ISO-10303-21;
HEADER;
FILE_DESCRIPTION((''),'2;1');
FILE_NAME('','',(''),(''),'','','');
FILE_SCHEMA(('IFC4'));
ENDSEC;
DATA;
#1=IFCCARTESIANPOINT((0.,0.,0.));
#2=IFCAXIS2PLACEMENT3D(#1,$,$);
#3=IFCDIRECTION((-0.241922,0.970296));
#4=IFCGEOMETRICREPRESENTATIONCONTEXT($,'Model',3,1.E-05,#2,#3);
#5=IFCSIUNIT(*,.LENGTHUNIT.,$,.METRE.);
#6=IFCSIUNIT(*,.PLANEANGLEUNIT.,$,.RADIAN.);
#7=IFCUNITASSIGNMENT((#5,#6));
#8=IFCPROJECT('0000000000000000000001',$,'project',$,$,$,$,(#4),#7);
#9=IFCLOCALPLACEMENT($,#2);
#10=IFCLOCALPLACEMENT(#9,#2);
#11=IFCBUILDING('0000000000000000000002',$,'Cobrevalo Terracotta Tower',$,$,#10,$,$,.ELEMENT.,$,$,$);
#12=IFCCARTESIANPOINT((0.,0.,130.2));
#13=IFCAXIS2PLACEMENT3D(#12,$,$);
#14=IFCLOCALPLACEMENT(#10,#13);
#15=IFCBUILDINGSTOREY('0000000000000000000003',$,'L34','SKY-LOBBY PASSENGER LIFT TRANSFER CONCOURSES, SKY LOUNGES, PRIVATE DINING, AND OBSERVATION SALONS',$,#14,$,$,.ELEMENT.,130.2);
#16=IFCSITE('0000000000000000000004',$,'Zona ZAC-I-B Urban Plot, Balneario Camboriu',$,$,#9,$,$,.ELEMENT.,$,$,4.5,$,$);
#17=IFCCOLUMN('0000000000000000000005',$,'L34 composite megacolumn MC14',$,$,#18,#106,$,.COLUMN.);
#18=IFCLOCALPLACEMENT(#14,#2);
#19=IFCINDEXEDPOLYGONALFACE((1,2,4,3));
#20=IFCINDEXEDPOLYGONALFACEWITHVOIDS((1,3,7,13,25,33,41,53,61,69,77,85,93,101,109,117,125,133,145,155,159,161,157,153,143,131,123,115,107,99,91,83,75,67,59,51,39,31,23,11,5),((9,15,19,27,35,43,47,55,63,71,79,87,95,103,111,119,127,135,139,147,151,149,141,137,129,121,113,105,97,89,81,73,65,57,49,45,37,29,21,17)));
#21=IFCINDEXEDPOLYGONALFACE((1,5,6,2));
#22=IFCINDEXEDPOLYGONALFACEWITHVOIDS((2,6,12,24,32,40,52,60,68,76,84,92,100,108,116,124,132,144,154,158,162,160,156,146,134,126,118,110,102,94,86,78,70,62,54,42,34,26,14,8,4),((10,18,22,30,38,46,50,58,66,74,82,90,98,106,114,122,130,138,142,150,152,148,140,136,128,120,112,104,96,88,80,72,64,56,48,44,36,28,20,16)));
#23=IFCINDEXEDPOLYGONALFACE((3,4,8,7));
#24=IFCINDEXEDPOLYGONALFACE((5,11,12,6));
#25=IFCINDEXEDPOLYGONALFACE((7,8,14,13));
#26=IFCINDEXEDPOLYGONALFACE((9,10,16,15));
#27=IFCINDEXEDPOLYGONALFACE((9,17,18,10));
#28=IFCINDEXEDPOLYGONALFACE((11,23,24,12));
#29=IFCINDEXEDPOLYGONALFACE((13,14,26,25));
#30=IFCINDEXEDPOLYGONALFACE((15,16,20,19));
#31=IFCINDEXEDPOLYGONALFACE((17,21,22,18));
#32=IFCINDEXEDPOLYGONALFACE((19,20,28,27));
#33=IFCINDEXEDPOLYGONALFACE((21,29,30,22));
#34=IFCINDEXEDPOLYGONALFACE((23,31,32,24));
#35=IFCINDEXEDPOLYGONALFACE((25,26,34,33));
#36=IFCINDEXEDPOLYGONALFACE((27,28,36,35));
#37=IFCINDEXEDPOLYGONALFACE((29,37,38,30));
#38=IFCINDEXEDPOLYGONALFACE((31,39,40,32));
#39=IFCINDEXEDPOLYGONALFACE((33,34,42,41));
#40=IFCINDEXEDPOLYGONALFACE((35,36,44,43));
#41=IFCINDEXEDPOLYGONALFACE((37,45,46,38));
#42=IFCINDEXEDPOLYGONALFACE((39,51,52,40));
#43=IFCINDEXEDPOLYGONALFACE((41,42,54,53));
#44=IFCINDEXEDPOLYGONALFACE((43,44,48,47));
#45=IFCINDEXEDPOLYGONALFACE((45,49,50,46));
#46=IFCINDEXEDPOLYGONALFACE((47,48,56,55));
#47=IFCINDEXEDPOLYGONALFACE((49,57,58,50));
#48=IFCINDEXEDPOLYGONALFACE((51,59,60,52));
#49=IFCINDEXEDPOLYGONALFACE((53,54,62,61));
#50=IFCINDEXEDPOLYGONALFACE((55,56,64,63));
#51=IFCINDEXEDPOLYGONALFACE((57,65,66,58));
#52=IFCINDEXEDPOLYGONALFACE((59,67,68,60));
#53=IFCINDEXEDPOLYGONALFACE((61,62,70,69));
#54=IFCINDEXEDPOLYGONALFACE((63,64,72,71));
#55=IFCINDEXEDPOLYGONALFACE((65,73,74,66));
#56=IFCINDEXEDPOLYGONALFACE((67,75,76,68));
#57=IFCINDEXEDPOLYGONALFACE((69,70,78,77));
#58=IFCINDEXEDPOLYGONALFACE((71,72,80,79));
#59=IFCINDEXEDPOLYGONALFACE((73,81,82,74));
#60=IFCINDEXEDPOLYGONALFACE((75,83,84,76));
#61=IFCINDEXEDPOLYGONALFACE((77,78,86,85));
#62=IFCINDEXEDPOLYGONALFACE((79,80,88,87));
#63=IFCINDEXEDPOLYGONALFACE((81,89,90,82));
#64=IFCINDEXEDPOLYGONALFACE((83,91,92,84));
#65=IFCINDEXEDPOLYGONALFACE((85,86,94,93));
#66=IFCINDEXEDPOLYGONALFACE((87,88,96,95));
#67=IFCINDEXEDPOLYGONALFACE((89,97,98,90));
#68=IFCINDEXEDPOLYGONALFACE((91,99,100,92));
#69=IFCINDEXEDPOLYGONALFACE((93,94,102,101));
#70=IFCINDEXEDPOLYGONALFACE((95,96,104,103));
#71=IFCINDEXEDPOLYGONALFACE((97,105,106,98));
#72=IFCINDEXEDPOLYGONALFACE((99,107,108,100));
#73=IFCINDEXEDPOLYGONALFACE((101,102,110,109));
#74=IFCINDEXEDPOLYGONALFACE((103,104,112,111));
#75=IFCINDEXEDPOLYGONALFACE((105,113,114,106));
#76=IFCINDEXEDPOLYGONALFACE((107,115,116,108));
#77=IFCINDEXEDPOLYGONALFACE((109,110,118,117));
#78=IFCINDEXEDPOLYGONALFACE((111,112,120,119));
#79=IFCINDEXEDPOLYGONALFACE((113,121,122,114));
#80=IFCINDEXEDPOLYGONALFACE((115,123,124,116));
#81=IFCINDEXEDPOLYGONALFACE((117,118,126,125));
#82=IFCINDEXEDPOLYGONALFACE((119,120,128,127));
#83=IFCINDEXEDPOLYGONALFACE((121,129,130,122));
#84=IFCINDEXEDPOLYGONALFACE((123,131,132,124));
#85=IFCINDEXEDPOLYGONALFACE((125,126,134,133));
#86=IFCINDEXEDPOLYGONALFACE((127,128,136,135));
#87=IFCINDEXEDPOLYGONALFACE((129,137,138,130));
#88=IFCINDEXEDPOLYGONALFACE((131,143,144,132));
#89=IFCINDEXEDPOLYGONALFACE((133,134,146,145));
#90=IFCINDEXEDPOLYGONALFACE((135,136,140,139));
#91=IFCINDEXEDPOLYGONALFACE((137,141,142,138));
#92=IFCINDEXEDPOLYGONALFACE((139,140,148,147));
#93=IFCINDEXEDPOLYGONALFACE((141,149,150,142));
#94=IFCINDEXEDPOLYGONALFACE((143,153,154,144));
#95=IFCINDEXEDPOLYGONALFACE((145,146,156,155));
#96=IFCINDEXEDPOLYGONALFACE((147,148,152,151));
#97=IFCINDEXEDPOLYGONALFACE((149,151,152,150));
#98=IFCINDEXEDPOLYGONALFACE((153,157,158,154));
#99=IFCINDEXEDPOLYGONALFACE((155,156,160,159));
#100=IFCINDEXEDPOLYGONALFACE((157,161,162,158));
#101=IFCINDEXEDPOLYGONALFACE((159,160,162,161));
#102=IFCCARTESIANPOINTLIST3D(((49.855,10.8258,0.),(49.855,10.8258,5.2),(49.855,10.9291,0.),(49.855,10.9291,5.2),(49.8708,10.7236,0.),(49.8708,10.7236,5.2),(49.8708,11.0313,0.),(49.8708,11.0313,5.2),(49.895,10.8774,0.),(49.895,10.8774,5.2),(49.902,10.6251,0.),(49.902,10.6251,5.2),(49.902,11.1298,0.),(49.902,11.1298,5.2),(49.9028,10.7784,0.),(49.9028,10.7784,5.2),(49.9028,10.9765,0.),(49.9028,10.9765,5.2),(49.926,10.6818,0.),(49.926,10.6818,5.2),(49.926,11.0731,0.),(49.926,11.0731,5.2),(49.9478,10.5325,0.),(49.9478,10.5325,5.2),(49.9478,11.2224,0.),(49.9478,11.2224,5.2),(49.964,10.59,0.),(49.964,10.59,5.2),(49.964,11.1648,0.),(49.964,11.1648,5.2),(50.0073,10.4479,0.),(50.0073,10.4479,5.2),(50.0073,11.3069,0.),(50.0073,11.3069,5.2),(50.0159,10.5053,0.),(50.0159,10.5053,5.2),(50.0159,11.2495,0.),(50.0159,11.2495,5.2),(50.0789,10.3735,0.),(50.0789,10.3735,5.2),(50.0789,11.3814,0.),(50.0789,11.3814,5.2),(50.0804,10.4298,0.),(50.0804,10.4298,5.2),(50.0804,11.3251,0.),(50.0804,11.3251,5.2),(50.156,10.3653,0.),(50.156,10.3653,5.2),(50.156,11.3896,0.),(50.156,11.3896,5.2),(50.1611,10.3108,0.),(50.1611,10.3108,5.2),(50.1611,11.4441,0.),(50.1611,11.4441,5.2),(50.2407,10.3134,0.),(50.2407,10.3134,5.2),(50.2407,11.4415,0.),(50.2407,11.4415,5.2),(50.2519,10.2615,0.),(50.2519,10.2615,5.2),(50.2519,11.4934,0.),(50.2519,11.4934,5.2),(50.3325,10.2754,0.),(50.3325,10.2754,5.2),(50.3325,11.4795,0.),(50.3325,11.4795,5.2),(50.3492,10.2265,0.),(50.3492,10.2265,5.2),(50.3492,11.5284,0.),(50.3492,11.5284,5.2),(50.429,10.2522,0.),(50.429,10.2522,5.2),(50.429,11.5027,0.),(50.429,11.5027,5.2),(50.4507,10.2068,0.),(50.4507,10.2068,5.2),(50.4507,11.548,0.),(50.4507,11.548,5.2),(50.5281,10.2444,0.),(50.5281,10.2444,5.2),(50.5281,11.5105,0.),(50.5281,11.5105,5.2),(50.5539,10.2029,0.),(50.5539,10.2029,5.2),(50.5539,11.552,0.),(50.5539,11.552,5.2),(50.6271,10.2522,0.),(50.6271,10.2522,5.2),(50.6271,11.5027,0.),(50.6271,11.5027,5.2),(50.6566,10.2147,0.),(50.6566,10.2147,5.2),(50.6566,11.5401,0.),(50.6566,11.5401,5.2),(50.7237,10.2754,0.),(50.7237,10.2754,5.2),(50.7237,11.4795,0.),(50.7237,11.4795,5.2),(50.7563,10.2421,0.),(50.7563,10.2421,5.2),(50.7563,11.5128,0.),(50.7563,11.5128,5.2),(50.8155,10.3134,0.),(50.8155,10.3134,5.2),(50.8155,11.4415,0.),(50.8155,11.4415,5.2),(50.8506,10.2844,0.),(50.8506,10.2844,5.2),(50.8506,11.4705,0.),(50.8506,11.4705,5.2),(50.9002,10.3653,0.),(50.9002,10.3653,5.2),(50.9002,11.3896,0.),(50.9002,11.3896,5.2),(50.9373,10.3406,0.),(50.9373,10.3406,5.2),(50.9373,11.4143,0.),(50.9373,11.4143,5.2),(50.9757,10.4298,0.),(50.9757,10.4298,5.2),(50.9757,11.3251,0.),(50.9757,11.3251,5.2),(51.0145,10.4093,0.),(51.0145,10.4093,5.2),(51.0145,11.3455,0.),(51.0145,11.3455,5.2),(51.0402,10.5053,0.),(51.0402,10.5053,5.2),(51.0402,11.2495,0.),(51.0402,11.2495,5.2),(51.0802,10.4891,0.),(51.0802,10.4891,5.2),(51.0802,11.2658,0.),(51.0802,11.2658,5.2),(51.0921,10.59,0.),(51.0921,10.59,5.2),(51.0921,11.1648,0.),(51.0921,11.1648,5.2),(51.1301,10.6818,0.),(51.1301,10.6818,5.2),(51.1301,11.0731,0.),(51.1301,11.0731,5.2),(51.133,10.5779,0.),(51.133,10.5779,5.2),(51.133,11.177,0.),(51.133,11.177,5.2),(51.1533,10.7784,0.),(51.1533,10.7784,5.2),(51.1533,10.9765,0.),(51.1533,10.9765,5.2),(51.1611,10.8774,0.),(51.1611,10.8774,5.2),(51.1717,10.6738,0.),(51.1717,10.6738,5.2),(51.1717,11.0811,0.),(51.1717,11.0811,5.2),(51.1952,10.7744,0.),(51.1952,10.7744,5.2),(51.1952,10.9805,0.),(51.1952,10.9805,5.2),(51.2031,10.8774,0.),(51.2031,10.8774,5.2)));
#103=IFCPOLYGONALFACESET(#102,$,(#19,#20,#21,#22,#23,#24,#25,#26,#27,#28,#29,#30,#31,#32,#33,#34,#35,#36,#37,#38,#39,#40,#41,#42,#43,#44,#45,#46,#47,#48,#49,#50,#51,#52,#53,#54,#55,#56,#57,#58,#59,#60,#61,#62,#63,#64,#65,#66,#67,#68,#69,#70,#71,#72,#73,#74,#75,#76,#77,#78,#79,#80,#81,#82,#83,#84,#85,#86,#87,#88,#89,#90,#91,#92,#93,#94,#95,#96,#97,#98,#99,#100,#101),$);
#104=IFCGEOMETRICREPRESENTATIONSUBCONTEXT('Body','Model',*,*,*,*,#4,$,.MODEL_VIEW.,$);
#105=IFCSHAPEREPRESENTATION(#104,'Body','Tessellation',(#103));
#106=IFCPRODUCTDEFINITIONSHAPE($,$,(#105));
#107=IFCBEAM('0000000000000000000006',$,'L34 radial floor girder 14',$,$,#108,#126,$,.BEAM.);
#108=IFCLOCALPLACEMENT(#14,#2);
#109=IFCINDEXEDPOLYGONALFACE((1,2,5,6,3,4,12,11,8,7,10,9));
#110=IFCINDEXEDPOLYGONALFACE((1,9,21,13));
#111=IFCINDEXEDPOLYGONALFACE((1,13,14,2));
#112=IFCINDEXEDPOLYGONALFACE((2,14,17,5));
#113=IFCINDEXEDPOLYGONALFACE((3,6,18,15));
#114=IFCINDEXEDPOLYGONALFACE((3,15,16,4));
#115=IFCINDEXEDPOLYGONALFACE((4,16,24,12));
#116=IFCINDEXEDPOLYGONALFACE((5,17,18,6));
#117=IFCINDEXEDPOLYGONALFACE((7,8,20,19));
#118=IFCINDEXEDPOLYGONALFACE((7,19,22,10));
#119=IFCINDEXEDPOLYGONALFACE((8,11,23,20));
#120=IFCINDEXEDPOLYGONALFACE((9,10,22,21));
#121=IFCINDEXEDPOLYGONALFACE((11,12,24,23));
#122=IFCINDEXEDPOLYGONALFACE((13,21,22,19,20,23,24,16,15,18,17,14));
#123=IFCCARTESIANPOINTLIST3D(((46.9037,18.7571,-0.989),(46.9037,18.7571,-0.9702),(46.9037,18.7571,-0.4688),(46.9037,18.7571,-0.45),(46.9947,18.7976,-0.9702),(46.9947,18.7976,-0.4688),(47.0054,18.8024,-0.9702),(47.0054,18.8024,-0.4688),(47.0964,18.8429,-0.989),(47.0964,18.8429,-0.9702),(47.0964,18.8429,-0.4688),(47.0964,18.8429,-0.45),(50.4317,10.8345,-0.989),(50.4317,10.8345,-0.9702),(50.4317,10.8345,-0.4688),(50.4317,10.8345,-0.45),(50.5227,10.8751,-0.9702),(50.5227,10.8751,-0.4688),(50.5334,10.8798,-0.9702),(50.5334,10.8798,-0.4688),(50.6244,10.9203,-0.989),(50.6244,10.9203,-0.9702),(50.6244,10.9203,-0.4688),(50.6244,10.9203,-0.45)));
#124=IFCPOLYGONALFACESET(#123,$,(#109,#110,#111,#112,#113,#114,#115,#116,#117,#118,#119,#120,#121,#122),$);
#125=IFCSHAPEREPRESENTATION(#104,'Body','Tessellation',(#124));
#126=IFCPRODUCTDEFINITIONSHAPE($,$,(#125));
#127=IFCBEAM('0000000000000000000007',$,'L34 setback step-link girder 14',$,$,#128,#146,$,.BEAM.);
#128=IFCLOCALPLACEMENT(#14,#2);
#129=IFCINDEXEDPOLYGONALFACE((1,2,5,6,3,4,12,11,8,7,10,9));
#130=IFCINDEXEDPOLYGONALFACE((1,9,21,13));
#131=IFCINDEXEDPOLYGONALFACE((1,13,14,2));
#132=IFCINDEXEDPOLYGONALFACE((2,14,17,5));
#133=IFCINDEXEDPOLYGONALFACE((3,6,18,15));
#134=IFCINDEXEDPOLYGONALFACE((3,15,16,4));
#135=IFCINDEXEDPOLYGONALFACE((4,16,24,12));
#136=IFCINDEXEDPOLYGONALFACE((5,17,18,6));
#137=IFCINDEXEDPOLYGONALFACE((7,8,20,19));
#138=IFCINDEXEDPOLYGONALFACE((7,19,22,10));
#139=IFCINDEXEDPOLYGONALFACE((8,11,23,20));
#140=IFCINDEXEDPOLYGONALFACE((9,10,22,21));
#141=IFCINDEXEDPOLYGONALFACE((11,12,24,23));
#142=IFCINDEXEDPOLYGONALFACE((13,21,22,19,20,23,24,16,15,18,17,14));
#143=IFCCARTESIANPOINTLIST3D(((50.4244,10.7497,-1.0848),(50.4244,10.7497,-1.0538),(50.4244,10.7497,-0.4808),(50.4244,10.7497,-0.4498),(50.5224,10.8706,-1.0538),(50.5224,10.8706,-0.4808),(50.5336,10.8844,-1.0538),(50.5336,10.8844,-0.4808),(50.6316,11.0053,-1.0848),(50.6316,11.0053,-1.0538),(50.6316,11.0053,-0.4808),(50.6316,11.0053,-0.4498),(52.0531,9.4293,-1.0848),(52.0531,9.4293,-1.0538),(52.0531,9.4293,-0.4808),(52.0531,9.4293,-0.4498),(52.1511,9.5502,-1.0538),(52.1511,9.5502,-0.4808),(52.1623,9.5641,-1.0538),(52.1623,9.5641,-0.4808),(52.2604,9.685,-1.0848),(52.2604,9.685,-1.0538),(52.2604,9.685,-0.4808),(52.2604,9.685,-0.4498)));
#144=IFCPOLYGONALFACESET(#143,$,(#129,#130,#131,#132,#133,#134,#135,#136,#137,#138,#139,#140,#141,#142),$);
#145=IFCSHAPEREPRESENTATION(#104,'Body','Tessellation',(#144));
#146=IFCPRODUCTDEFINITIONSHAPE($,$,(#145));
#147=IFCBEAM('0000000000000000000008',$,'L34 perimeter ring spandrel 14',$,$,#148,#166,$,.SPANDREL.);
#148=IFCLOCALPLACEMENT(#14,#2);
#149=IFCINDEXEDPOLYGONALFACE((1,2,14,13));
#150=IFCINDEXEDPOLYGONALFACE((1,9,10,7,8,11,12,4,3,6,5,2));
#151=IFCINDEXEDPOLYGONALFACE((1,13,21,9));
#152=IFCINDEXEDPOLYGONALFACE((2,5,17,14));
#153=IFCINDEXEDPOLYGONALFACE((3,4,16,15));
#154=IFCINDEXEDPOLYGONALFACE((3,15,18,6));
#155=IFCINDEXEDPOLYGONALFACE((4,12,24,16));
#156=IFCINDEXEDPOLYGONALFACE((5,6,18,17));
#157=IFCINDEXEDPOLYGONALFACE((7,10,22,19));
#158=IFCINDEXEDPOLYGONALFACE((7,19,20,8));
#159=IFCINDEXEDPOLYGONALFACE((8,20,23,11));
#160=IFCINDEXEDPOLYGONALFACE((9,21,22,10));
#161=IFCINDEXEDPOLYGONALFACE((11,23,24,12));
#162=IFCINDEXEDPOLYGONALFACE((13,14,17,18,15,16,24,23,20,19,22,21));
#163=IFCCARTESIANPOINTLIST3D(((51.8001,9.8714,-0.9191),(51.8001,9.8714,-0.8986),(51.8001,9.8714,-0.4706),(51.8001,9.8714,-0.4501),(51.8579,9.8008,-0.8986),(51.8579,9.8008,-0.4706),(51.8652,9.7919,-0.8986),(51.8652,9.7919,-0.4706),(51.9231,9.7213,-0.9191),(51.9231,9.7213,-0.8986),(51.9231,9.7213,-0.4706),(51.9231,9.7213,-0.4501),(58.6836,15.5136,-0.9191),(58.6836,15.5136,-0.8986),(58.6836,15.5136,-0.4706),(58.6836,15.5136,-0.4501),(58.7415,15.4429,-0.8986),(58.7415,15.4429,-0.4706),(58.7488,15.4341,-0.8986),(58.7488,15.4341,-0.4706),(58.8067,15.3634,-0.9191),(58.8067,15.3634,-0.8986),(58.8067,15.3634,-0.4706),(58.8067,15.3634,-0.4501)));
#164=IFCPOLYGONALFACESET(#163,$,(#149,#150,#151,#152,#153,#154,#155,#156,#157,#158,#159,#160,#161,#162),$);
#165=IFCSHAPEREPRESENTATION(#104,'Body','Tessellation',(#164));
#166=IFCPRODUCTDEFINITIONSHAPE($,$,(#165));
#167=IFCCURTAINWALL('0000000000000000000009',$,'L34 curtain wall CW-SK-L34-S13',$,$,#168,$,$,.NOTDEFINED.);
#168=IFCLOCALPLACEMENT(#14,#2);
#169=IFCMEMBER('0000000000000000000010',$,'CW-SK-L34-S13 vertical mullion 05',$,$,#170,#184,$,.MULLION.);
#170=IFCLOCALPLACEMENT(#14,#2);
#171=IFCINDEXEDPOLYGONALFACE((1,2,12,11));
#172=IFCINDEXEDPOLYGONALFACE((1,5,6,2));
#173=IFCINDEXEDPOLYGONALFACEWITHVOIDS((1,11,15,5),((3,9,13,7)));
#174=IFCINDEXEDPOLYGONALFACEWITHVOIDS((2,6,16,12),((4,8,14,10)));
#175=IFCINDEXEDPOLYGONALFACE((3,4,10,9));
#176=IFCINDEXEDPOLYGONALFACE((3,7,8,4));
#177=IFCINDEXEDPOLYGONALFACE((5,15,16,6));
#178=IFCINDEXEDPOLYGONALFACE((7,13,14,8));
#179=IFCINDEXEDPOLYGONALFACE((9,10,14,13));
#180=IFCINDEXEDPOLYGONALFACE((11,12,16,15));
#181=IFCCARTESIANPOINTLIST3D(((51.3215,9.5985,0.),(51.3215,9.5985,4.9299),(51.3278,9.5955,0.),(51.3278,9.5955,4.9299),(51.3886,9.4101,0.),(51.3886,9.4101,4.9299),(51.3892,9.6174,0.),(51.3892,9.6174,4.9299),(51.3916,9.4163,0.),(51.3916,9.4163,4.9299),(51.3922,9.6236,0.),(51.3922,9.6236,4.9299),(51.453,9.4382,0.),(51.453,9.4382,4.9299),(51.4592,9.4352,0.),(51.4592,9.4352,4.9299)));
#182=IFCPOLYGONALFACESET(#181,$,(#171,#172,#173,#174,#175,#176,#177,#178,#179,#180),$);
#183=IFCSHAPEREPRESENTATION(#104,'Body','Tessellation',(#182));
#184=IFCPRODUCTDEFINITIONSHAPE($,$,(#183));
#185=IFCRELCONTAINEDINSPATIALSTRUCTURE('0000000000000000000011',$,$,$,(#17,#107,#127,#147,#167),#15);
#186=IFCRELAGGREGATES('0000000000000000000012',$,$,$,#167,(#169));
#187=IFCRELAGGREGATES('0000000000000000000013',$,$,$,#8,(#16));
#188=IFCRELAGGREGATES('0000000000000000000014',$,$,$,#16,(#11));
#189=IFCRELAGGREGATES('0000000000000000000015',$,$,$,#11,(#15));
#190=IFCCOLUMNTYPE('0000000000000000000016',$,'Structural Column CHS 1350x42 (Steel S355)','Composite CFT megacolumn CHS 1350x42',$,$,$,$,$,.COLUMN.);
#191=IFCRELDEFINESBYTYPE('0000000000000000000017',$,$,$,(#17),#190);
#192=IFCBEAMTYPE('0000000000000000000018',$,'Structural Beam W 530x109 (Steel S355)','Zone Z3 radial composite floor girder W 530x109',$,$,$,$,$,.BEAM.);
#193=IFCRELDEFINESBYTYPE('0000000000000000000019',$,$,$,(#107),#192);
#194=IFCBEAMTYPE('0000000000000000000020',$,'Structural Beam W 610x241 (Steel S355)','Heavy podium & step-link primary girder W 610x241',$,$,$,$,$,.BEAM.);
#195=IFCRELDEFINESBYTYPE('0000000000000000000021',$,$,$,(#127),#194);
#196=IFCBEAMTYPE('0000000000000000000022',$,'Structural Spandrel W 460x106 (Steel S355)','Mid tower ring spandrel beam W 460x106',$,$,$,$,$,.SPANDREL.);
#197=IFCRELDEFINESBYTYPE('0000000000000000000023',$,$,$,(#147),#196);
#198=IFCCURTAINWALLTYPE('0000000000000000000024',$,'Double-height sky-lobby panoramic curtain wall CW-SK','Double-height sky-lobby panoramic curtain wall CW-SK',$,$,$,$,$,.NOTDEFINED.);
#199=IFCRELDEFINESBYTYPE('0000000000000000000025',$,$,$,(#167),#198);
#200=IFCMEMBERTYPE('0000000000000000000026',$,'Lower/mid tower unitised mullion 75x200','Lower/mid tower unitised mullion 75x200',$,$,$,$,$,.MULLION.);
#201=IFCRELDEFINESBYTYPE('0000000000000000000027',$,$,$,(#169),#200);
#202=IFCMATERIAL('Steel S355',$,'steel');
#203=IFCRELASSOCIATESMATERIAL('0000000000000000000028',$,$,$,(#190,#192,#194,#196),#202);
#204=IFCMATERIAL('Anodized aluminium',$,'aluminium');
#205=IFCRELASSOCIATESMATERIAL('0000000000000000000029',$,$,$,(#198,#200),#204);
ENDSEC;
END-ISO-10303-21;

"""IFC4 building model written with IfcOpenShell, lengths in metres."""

from ifc_helpers import new_model, si_unit, direction, frame, origin, origin_2d, place, context, subcontext, project, spatial, hollow_rectangle, hollow_circle, i_section, extrude, source, transform, mapped, material, material_profile, profile_set, type_object, element, aggregate, save


model = new_model("IFC4")

# Units and contexts
model_context = context("Model", 3, precision=1e-05, world=origin(), true_north=direction((-0.241922, 0.970296)))
body_context = subcontext(model_context, "Body", "Model", "MODEL_VIEW")
ifc_project = project(units=[si_unit("LENGTHUNIT", "METRE"), si_unit("PLANEANGLEUNIT", "RADIAN")], contexts=[model_context])

# Site, building, storey
site_placement = place(None, origin())
site = spatial("IfcSite", under=ifc_project, at=site_placement, Name="Zona ZAC-I-B Urban Plot, Balneario Camboriu", CompositionType="ELEMENT", RefElevation=4.5)
building_placement = place(site_placement, origin())
building = spatial("IfcBuilding", under=site, at=building_placement, Name="Cobrevalo Terracotta Tower", CompositionType="ELEMENT")
storey_placement = place(building_placement, frame((0.0, 0.0, 130.2)))
storey = spatial("IfcBuildingStorey", under=building, at=storey_placement, Name="L34", Description="SKY-LOBBY PASSENGER LIFT TRANSFER CONCOURSES, SKY LOUNGES, PRIVATE DINING, AND OBSERVATION SALONS", CompositionType="ELEMENT", Elevation=130.2)

# Column
ifc_material_1 = material(Name="Steel S355", Category="steel")
ifc_material_profile_1 = material_profile(ifc_material_1, hollow_circle(Radius=0.675, WallThickness=0.042, at=origin_2d()), Name="CHS 1350x42")
ifc_profile_set_1 = profile_set([ifc_material_profile_1], Name="Steel S355")
column_type = type_object("IfcColumnType", Name="Structural Column CHS 1350x42 (Steel S355)", Description="Composite CFT megacolumn CHS 1350x42", PredefinedType="COLUMN", material=ifc_profile_set_1)
column_placement = place(storey_placement, frame((50.5281, 10.8774, 0.0), z_axis=(0.0, 0.0, 1.0), x_axis=(1.0, 0.0, 0.0)))
element("IfcColumn", 1, at=column_placement, inside=storey, type_object=column_type, Name="L34 composite megacolumn MC14", PredefinedType="COLUMN", context=body_context, shape_type="SweptSolid", body=[
    extrude(hollow_circle(Radius=0.675, WallThickness=0.042, at=origin_2d()), origin(), (0.0, 0.0, 1.0), 5.2),
])

# Beams
ifc_material_profile_2 = material_profile(ifc_material_1, i_section(OverallWidth=0.2109, OverallDepth=0.5391, WebThickness=0.0117, FlangeThickness=0.0188, at=origin_2d()), Name="W 530x109")
ifc_profile_set_2 = profile_set([ifc_material_profile_2], Name="Steel S355")
beam_type_1 = type_object("IfcBeamType", Name="Structural Beam W 530x109 (Steel S355)", Description="Zone Z3 radial composite floor girder W 530x109", PredefinedType="BEAM", material=ifc_profile_set_2)
beam_1_placement = place(storey_placement, frame((50.5281, 10.8774, -0.7195), z_axis=(-0.406804, 0.913515, 0.0), x_axis=(-0.913515, -0.406804, 0.0)))
element("IfcBeam", 2, at=beam_1_placement, inside=storey, type_object=beam_type_1, Name="L34 radial floor girder 14", PredefinedType="BEAM", context=body_context, shape_type="SweptSolid", body=[
    extrude(i_section(OverallWidth=0.2109, OverallDepth=0.5391, WebThickness=0.0117, FlangeThickness=0.0188, at=origin_2d()), origin(), (0.0, 0.0, 1.0), 8.6726),
])
ifc_material_profile_3 = material_profile(ifc_material_1, i_section(OverallWidth=0.3291, OverallDepth=0.635, WebThickness=0.0178, FlangeThickness=0.031, at=origin_2d()), Name="W 610x241")
ifc_profile_set_3 = profile_set([ifc_material_profile_3], Name="Steel S355")
beam_type_2 = type_object("IfcBeamType", Name="Structural Beam W 610x241 (Steel S355)", Description="Heavy podium & step-link primary girder W 610x241", PredefinedType="BEAM", material=ifc_profile_set_3)
beam_2_placement = place(storey_placement, frame((52.1567, 9.5571, -0.7673), z_axis=(-0.776808, 0.629737, 0.0), x_axis=(-0.629737, -0.776808, 0.0)))
element("IfcBeam", 3, at=beam_2_placement, inside=storey, type_object=beam_type_2, Name="L34 setback step-link girder 14", PredefinedType="BEAM", context=body_context, shape_type="SweptSolid", body=[
    extrude(i_section(OverallWidth=0.3291, OverallDepth=0.635, WebThickness=0.0178, FlangeThickness=0.031, at=origin_2d()), origin(), (0.0, 0.0, 1.0), 2.0967),
])
ifc_material_profile_4 = material_profile(ifc_material_1, i_section(OverallWidth=0.1941, OverallDepth=0.469, WebThickness=0.0115, FlangeThickness=0.0205, at=origin_2d()), Name="W 460x106")
ifc_profile_set_4 = profile_set([ifc_material_profile_4], Name="Steel S355")
beam_type_3 = type_object("IfcBeamType", Name="Structural Spandrel W 460x106 (Steel S355)", Description="Mid tower ring spandrel beam W 460x106", PredefinedType="SPANDREL", material=ifc_profile_set_4)
beam_3_placement = place(storey_placement, frame((51.8616, 9.7964, -0.6846), z_axis=(0.773401, 0.633917, 0.0), x_axis=(-0.633917, 0.773401, 0.0)))
element("IfcBeam", 4, at=beam_3_placement, inside=storey, type_object=beam_type_3, Name="L34 perimeter ring spandrel 14", PredefinedType="SPANDREL", context=body_context, shape_type="SweptSolid", body=[
    extrude(i_section(OverallWidth=0.1941, OverallDepth=0.469, WebThickness=0.0115, FlangeThickness=0.0205, at=origin_2d()), origin(), (0.0, 0.0, 1.0), 8.9004),
])

# Curtain wall, member
ifc_material_2 = material(Name="Anodized aluminium", Category="aluminium")
curtain_wall_type = type_object("IfcCurtainWallType", Name="Double-height sky-lobby panoramic curtain wall CW-SK", Description="Double-height sky-lobby panoramic curtain wall CW-SK", PredefinedType="NOTDEFINED", material=ifc_material_2)
curtain_wall_1_placement = place(storey_placement, origin())
curtain_wall_1 = element("IfcCurtainWall", 5, at=curtain_wall_1_placement, inside=storey, type_object=curtain_wall_type, Name="L34 curtain wall CW-SK-L34-S13", PredefinedType="NOTDEFINED")
ifc_material_profile_5 = material_profile(ifc_material_2, hollow_rectangle(XDim=0.075, YDim=0.2, WallThickness=0.0049, at=origin_2d()), Name="CWM 75x200")
ifc_profile_set_5 = profile_set([ifc_material_profile_5], Name="Anodized aluminium")
member_type_1 = type_object("IfcMemberType", Name="Lower/mid tower unitised mullion 75x200", Description="Lower/mid tower unitised mullion 75x200", PredefinedType="MULLION", material=ifc_profile_set_5)
shared_shape_1 = source(origin(), body_context, "Body", "SweptSolid", [
    extrude(hollow_rectangle(XDim=0.075, YDim=0.2, WallThickness=0.0049, at=origin_2d()), origin(), (0.0, 0.0, 1.0), 4.9299),
])
member_1_placement = place(storey_placement, frame((51.3904, 9.5168, 0.0), z_axis=(0.0, 0.0, 1.0), x_axis=(0.942098, 0.335336, 0.0)))
member_1 = element("IfcMember", 6, at=member_1_placement, type_object=member_type_1, Name="CW-SK-L34-S13 vertical mullion 05", PredefinedType="MULLION", context=body_context, shape_type="MappedRepresentation", body=[
    mapped(shared_shape_1, transform((0.0, 0.0, 0.0), scale=1.0)),
])

aggregate(curtain_wall_1, [member_1])

save(model, "model.ifc")
